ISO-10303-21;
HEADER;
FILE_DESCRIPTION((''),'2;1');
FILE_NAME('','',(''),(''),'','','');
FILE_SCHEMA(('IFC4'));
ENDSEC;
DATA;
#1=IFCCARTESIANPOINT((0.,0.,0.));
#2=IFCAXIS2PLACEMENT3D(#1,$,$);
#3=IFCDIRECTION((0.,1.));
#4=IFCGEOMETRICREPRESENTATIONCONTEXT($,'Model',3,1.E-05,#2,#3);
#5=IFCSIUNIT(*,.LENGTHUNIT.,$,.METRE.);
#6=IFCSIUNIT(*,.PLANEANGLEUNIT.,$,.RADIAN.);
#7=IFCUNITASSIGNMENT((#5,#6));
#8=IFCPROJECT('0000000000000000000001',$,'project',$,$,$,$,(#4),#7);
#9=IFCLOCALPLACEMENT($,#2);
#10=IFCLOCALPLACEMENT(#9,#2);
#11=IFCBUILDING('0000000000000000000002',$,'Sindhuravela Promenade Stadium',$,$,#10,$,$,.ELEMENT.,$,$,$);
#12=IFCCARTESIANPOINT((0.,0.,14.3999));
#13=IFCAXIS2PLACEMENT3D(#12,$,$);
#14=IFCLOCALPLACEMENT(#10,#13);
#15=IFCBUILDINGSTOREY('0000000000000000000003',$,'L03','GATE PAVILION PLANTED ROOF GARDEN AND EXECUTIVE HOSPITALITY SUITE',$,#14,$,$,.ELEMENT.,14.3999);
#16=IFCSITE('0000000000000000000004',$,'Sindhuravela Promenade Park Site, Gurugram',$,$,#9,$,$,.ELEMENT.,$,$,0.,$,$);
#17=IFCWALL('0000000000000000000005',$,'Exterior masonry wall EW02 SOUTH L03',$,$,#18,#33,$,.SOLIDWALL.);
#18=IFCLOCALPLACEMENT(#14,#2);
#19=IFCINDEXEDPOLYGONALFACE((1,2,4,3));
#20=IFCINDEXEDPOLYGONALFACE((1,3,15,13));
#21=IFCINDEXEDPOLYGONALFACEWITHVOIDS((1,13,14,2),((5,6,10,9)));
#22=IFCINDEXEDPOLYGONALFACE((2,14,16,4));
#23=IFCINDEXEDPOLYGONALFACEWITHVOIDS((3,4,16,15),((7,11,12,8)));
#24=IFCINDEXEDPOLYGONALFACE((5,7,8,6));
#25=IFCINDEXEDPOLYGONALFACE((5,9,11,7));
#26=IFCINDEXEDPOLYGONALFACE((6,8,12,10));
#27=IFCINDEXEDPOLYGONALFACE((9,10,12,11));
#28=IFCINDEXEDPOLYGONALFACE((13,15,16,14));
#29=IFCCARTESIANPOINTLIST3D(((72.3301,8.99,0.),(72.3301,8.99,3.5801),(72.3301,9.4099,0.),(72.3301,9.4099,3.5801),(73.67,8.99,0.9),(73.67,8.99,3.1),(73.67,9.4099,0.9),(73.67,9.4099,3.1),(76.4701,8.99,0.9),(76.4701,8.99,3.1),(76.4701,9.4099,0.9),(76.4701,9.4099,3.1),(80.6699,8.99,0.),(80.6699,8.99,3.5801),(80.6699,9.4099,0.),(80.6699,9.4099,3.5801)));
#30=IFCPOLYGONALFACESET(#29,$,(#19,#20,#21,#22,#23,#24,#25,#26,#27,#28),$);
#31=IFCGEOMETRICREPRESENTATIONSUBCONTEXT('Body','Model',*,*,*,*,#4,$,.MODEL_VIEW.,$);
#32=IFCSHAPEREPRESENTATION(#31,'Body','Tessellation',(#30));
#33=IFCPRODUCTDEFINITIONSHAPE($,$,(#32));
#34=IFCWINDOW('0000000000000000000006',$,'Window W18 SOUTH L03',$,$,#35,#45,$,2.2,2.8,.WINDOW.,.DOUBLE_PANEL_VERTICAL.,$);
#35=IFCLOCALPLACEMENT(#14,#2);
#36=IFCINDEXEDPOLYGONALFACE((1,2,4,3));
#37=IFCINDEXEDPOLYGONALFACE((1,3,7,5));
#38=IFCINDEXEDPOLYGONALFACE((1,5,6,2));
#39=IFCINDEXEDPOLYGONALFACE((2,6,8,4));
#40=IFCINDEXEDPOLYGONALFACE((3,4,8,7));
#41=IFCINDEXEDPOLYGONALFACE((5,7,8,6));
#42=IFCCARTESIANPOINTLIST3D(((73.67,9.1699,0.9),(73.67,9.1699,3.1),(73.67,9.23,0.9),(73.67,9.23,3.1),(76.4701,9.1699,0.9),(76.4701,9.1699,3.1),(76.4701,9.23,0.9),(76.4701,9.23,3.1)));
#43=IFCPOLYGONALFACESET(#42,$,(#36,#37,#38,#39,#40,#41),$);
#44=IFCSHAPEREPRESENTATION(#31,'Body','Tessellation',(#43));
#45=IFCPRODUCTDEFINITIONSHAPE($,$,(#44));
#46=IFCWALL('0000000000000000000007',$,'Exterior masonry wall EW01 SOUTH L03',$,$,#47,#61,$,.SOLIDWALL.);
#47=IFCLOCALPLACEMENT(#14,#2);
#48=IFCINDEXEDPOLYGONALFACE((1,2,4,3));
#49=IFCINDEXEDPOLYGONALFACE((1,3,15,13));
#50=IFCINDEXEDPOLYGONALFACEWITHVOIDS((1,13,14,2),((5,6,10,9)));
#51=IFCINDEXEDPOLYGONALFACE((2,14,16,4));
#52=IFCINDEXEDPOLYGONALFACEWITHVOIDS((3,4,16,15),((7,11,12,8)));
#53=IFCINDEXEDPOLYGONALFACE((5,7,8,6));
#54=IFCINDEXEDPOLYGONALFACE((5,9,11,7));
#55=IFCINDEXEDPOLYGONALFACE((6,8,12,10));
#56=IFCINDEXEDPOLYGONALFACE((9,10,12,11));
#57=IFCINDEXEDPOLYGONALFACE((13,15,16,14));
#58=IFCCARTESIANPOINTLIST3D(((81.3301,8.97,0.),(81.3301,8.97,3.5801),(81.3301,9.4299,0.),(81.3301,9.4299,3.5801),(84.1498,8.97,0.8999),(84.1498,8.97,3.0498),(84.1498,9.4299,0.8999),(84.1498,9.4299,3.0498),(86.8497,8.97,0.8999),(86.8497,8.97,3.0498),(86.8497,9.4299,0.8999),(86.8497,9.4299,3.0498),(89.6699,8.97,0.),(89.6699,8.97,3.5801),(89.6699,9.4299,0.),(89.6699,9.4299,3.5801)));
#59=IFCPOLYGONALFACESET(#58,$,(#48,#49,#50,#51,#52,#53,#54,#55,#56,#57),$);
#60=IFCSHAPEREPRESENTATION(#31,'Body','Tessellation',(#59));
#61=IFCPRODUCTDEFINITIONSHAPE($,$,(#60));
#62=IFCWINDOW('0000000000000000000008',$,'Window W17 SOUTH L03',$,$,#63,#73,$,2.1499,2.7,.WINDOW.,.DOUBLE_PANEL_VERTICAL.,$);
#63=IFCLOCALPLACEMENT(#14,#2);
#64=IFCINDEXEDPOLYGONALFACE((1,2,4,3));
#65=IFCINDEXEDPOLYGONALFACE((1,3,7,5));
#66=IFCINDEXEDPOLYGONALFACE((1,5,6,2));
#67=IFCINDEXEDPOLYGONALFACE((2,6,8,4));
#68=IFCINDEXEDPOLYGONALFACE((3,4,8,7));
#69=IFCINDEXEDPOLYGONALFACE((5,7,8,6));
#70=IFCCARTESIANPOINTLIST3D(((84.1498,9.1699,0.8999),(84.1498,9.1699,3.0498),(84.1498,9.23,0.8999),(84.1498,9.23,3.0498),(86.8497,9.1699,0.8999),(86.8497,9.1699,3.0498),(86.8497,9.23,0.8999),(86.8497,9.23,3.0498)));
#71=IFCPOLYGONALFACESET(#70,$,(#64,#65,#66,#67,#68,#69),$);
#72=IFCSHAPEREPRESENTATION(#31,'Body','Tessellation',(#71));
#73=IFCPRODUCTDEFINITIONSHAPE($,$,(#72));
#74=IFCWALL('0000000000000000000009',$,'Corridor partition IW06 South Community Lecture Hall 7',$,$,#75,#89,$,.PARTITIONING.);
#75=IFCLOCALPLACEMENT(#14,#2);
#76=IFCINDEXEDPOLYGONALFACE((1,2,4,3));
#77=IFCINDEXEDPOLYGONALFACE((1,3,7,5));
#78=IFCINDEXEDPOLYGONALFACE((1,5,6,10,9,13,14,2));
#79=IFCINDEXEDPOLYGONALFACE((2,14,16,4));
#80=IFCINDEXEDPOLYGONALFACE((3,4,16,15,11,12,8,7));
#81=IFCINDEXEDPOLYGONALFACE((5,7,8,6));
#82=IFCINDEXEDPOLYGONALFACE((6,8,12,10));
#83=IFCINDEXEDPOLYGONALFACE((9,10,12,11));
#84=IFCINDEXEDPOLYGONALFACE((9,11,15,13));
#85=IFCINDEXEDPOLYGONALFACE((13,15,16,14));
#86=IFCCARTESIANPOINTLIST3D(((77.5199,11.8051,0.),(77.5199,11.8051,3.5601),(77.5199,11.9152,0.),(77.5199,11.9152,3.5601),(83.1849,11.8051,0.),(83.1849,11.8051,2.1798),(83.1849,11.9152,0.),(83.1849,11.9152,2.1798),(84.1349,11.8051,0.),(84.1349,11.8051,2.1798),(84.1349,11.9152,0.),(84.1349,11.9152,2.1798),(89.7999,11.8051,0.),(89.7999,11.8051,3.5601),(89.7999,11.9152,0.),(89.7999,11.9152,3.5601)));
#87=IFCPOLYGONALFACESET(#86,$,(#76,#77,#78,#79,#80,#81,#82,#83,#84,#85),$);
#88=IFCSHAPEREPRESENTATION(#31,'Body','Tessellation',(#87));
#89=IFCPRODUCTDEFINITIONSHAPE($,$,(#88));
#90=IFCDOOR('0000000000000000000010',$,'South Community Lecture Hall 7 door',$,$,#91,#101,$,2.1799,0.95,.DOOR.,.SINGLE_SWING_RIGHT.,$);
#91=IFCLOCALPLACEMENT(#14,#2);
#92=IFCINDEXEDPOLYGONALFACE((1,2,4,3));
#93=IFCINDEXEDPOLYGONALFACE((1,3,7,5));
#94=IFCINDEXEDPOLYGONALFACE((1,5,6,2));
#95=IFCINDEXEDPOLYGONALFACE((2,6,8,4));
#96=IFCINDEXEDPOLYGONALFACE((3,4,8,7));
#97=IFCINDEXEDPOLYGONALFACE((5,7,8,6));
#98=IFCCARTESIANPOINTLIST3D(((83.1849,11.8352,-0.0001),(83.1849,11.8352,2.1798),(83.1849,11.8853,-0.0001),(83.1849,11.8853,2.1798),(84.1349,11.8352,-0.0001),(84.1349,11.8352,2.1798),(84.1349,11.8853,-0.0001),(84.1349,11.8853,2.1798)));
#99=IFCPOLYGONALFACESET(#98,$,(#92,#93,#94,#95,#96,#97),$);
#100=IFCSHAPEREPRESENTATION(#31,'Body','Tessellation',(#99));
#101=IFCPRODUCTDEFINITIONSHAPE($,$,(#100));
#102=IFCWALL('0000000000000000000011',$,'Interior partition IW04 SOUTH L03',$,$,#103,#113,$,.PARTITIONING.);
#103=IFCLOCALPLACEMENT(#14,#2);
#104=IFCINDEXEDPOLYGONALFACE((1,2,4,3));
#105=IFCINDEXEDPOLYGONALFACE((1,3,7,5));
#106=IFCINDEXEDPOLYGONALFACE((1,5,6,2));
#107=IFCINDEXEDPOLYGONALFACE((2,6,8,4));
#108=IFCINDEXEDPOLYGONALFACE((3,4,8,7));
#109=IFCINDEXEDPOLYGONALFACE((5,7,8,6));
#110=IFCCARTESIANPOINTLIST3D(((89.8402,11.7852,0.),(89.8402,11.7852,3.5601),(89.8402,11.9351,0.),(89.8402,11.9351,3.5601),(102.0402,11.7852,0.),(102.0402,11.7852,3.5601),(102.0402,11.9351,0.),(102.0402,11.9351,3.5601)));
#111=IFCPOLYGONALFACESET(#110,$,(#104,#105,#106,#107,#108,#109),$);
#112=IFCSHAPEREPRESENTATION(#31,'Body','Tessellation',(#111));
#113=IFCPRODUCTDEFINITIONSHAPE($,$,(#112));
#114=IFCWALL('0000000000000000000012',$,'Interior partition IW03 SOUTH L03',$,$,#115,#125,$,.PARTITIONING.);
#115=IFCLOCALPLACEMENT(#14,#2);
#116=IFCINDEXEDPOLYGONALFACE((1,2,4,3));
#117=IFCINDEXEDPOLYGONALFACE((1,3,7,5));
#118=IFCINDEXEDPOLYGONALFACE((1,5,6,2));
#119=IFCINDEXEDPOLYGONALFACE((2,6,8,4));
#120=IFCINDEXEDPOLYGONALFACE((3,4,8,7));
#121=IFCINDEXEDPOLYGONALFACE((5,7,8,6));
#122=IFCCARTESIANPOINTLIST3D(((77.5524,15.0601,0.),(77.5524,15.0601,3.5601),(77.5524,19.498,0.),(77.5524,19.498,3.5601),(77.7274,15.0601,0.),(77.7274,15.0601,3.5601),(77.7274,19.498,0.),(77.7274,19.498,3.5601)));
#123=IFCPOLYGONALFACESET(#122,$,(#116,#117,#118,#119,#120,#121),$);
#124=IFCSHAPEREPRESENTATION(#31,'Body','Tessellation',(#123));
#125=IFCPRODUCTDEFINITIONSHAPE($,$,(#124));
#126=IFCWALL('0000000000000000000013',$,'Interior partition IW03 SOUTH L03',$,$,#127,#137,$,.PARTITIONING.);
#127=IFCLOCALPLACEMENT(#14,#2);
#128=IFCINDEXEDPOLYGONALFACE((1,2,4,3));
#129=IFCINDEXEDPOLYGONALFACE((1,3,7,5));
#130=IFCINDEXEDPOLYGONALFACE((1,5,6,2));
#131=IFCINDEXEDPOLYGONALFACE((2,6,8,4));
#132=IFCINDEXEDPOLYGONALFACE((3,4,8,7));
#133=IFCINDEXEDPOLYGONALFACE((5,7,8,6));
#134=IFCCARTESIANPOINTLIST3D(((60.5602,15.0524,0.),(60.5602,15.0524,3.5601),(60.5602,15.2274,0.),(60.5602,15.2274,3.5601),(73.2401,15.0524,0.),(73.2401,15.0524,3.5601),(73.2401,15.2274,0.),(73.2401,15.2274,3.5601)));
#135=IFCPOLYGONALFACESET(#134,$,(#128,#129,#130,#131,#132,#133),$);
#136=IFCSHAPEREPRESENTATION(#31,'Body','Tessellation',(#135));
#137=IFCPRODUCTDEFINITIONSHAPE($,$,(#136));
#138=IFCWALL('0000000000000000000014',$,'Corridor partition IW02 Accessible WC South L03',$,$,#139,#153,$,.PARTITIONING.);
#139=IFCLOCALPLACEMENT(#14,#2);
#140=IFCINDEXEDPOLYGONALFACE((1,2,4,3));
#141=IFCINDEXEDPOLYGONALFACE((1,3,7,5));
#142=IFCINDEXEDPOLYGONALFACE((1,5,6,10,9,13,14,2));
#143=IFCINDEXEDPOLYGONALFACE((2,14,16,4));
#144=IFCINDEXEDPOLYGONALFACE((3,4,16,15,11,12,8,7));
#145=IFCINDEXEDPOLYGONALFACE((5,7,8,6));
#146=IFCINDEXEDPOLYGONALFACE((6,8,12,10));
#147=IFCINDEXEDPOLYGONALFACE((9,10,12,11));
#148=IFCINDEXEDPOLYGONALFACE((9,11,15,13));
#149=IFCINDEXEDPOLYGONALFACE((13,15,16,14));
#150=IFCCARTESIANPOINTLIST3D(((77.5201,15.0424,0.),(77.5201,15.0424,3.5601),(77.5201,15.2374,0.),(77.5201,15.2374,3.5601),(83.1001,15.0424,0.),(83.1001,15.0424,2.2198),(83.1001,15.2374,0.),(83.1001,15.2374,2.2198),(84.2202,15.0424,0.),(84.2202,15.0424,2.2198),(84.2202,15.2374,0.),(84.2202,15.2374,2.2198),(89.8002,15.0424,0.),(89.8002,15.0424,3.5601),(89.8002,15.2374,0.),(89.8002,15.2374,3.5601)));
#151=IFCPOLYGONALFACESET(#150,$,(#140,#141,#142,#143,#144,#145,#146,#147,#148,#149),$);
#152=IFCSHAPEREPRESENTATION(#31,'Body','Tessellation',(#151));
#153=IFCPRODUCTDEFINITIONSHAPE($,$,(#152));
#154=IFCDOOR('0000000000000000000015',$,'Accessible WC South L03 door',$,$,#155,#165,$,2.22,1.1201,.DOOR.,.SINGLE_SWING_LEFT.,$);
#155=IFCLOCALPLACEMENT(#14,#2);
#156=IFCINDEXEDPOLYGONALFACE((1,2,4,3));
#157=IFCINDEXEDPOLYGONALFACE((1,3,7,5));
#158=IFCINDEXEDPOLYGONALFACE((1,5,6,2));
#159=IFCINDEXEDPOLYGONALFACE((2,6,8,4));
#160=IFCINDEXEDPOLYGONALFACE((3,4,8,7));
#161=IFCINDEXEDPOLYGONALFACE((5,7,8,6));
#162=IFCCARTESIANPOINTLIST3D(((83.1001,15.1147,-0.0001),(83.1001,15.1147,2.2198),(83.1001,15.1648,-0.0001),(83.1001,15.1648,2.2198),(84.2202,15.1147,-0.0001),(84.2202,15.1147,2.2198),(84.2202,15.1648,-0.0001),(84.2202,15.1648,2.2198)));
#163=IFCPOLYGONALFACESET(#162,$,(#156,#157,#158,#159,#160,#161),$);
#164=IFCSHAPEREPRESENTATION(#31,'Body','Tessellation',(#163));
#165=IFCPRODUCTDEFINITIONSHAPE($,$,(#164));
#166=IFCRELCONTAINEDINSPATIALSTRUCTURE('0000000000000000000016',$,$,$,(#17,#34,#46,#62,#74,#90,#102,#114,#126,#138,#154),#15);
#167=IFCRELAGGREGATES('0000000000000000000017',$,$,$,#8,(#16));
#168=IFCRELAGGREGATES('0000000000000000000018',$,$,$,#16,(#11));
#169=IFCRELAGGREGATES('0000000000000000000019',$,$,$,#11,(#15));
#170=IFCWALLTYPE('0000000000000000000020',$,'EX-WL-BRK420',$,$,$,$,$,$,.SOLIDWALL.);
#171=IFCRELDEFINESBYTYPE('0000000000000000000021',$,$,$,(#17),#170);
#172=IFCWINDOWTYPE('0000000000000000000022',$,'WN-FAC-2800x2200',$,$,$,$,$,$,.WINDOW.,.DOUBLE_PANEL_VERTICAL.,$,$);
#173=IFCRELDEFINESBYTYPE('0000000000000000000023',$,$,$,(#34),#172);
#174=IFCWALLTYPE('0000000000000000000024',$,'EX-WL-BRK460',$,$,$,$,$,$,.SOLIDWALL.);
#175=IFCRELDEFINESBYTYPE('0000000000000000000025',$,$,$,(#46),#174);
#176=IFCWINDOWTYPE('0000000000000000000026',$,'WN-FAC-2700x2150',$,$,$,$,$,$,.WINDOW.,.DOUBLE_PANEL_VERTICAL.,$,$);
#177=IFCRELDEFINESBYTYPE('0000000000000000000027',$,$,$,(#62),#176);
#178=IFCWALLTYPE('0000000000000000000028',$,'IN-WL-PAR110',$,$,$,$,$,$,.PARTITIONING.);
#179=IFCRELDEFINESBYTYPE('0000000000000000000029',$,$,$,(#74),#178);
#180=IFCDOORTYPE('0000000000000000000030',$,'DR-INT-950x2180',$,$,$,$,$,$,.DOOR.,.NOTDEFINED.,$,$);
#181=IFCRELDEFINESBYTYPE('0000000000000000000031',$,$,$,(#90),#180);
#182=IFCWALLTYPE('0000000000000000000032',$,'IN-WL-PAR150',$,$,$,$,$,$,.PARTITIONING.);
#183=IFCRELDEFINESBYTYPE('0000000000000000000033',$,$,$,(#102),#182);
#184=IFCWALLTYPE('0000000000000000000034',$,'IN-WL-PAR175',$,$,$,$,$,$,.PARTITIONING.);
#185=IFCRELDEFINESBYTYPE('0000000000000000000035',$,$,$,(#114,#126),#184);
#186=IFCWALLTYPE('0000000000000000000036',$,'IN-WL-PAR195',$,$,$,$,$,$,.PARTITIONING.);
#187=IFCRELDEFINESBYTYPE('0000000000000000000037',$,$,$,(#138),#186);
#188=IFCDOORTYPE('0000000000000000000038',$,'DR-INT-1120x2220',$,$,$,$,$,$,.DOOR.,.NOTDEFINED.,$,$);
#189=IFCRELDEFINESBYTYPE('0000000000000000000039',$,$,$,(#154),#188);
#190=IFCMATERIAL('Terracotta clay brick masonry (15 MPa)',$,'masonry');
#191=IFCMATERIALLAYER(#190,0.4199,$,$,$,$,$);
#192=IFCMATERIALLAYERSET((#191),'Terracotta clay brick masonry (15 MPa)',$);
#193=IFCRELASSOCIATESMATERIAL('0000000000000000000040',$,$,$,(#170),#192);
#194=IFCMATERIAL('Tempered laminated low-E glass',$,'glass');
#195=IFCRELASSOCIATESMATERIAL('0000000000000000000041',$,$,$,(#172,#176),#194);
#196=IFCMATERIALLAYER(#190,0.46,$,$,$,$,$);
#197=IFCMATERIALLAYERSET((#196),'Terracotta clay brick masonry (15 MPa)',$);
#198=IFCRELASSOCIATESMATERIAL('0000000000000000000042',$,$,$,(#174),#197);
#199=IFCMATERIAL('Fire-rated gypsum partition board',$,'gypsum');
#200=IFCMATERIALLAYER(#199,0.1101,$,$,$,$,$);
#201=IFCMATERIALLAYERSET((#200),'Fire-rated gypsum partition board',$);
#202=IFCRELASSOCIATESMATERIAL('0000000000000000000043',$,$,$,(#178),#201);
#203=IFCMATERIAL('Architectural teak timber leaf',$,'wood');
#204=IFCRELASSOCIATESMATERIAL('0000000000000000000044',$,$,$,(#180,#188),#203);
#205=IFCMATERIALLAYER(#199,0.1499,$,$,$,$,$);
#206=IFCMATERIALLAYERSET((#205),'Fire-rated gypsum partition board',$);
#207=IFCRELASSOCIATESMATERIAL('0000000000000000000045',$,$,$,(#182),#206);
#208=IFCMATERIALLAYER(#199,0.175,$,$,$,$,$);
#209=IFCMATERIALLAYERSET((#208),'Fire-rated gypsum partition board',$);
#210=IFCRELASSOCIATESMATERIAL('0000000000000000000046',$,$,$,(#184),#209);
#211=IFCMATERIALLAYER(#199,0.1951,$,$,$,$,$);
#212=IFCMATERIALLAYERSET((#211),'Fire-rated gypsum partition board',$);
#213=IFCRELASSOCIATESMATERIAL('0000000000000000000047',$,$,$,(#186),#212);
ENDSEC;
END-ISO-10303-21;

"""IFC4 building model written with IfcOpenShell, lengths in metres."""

from ifc_helpers import new_model, si_unit, direction, frame, frame_2d, origin, place, context, subcontext, project, spatial, rectangle, extrude, material, layer, layer_set, type_object, element, fill, save


model = new_model("IFC4")

# Units and contexts
model_context = context("Model", 3, precision=1e-05, world=origin(), true_north=direction((0.0, 1.0)))
body_context = subcontext(model_context, "Body", "Model", "MODEL_VIEW")
ifc_project = project(units=[si_unit("LENGTHUNIT", "METRE"), si_unit("PLANEANGLEUNIT", "RADIAN")], contexts=[model_context])

# Site, building, storey
site_placement = place(None, origin())
site = spatial("IfcSite", under=ifc_project, at=site_placement, Name="Sindhuravela Promenade Park Site, Gurugram", CompositionType="ELEMENT", RefElevation=0.0)
building_placement = place(site_placement, origin())
building = spatial("IfcBuilding", under=site, at=building_placement, Name="Sindhuravela Promenade Stadium", CompositionType="ELEMENT")
storey_placement = place(building_placement, frame((0.0, 0.0, 14.3999)))
storey = spatial("IfcBuildingStorey", under=building, at=storey_placement, Name="L03", Description="GATE PAVILION PLANTED ROOF GARDEN AND EXECUTIVE HOSPITALITY SUITE", CompositionType="ELEMENT", Elevation=14.3999)

# Walls, openings, windows
ifc_material_1 = material(Name="Terracotta clay brick masonry (15 MPa)", Category="masonry")
ifc_material_2 = material(Name="Tempered laminated low-E glass", Category="glass")
ifc_layer_1 = layer(ifc_material_1, 0.4199)
ifc_layer_set_1 = layer_set([ifc_layer_1], Name="Terracotta clay brick masonry (15 MPa)")
wall_type_1 = type_object("IfcWallType", Name="EX-WL-BRK420", PredefinedType="SOLIDWALL", material=ifc_layer_set_1)
wall_1_placement = place(storey_placement, frame((80.6699, 9.2, 0.0), z_axis=(0.0, 0.0, 1.0), x_axis=(-1.0, 0.0, 0.0)))
wall_1 = element("IfcWall", 1, at=wall_1_placement, inside=storey, type_object=wall_type_1, Name="Exterior masonry wall EW02 SOUTH L03", PredefinedType="SOLIDWALL", context=body_context, shape_type="SweptSolid", body=[
    extrude(rectangle(XDim=8.3398, YDim=0.4199, at=frame_2d((4.1699, 0.0))), origin(), (0.0, 0.0, 1.0), 3.5801),
])
opening_1_placement = place(wall_1_placement, frame((4.2, 0.0, 0.8999)))
opening_1 = element("IfcOpeningElement", 2, at=opening_1_placement, cuts=wall_1, PredefinedType="OPENING", context=body_context, shape_type="SweptSolid", body=[
    extrude(rectangle(XDim=2.8, YDim=2.2, at=frame_2d((1.3999, 1.1001))), frame((0.0, 0.22, 0.0), z_axis=(0.0, -1.0, 0.0), x_axis=(1.0, 0.0, 0.0)), (0.0, 0.0, 1.0), 0.4399),
])
window_type_1 = type_object("IfcWindowType", Name="WN-FAC-2800x2200", PartitioningType="DOUBLE_PANEL_VERTICAL", PredefinedType="WINDOW", material=ifc_material_2)
window_1_placement = place(opening_1_placement, origin())
window_1 = element("IfcWindow", 3, at=window_1_placement, inside=storey, type_object=window_type_1, Name="Window W18 SOUTH L03", OverallHeight=2.2, OverallWidth=2.8, PartitioningType="DOUBLE_PANEL_VERTICAL", PredefinedType="WINDOW", context=body_context, shape_type="SweptSolid", body=[
    extrude(rectangle(XDim=2.8, YDim=2.2, at=frame_2d((1.3999, 1.1001))), frame((0.0, 0.03, 0.0), z_axis=(0.0, -1.0, 0.0), x_axis=(1.0, 0.0, 0.0)), (0.0, 0.0, 1.0), 0.0601),
])
fill(opening_1, window_1)
ifc_layer_2 = layer(ifc_material_1, 0.46)
ifc_layer_set_2 = layer_set([ifc_layer_2], Name="Terracotta clay brick masonry (15 MPa)")
wall_type_2 = type_object("IfcWallType", Name="EX-WL-BRK460", PredefinedType="SOLIDWALL", material=ifc_layer_set_2)
wall_2_placement = place(storey_placement, frame((89.6699, 9.2, 0.0), z_axis=(0.0, 0.0, 1.0), x_axis=(-1.0, 0.0, 0.0)))
wall_2 = element("IfcWall", 4, at=wall_2_placement, inside=storey, type_object=wall_type_2, Name="Exterior masonry wall EW01 SOUTH L03", PredefinedType="SOLIDWALL", context=body_context, shape_type="SweptSolid", body=[
    extrude(rectangle(XDim=8.3398, YDim=0.46, at=frame_2d((4.1699, 0.0))), origin(), (0.0, 0.0, 1.0), 3.5801),
])
opening_2_placement = place(wall_2_placement, frame((2.8201, 0.0, 0.8999)))
opening_2 = element("IfcOpeningElement", 5, at=opening_2_placement, cuts=wall_2, PredefinedType="OPENING", context=body_context, shape_type="SweptSolid", body=[
    extrude(rectangle(XDim=2.7, YDim=2.1499, at=frame_2d((1.3501, 1.075))), frame((0.0, 0.24, 0.0), z_axis=(0.0, -1.0, 0.0), x_axis=(1.0, 0.0, 0.0)), (0.0, 0.0, 1.0), 0.48),
])
window_type_2 = type_object("IfcWindowType", Name="WN-FAC-2700x2150", PartitioningType="DOUBLE_PANEL_VERTICAL", PredefinedType="WINDOW", material=ifc_material_2)
window_2_placement = place(opening_2_placement, origin())
window_2 = element("IfcWindow", 6, at=window_2_placement, inside=storey, type_object=window_type_2, Name="Window W17 SOUTH L03", OverallHeight=2.1499, OverallWidth=2.7, PartitioningType="DOUBLE_PANEL_VERTICAL", PredefinedType="WINDOW", context=body_context, shape_type="SweptSolid", body=[
    extrude(rectangle(XDim=2.7, YDim=2.1499, at=frame_2d((1.3501, 1.075))), frame((0.0, 0.03, 0.0), z_axis=(0.0, -1.0, 0.0), x_axis=(1.0, 0.0, 0.0)), (0.0, 0.0, 1.0), 0.0601),
])
fill(opening_2, window_2)

# Wall, opening, door
ifc_material_3 = material(Name="Fire-rated gypsum partition board", Category="gypsum")
ifc_layer_3 = layer(ifc_material_3, 0.1101)
ifc_layer_set_3 = layer_set([ifc_layer_3], Name="Fire-rated gypsum partition board")
wall_type_3 = type_object("IfcWallType", Name="IN-WL-PAR110", PredefinedType="PARTITIONING", material=ifc_layer_set_3)
wall_3_placement = place(storey_placement, frame((89.8, 11.8601, 0.0), z_axis=(0.0, 0.0, 1.0), x_axis=(-1.0, 0.0, 0.0)))
wall_3 = element("IfcWall", 7, at=wall_3_placement, inside=storey, type_object=wall_type_3, Name="Corridor partition IW06 South Community Lecture Hall 7", PredefinedType="PARTITIONING", context=body_context, shape_type="SweptSolid", body=[
    extrude(rectangle(XDim=12.28, YDim=0.1101, at=frame_2d((6.1401, 0.0))), origin(), (0.0, 0.0, 1.0), 3.5601),
])
opening_3_placement = place(wall_3_placement, frame((5.665, 0.0, 0.0)))
opening_3 = element("IfcOpeningElement", 8, at=opening_3_placement, cuts=wall_3, PredefinedType="OPENING", context=body_context, shape_type="SweptSolid", body=[
    extrude(rectangle(XDim=0.95, YDim=2.1799, at=frame_2d((0.4751, 1.0898))), frame((0.0, 0.0649, 0.0), z_axis=(0.0, -1.0, 0.0), x_axis=(1.0, 0.0, 0.0)), (0.0, 0.0, 1.0), 0.1301),
])
ifc_material_4 = material(Name="Architectural teak timber leaf", Category="wood")
door_type_1 = type_object("IfcDoorType", Name="DR-INT-950x2180", OperationType="NOTDEFINED", PredefinedType="DOOR", material=ifc_material_4)
door_1_placement = place(opening_3_placement, origin())
door_1 = element("IfcDoor", 9, at=door_1_placement, inside=storey, type_object=door_type_1, Name="South Community Lecture Hall 7 door", OperationType="SINGLE_SWING_RIGHT", OverallHeight=2.1799, OverallWidth=0.95, PredefinedType="DOOR", context=body_context, shape_type="SweptSolid", body=[
    extrude(rectangle(XDim=0.95, YDim=2.1799, at=frame_2d((0.4751, 1.0898))), frame((0.0, 0.0249, 0.0), z_axis=(0.0, -1.0, 0.0), x_axis=(1.0, 0.0, 0.0)), (0.0, 0.0, 1.0), 0.05),
])
fill(opening_3, door_1)

# Walls
ifc_layer_4 = layer(ifc_material_3, 0.1499)
ifc_layer_set_4 = layer_set([ifc_layer_4], Name="Fire-rated gypsum partition board")
wall_type_4 = type_object("IfcWallType", Name="IN-WL-PAR150", PredefinedType="PARTITIONING", material=ifc_layer_set_4)
wall_4_placement = place(storey_placement, frame((89.8401, 11.8601, 0.0), z_axis=(0.0, 0.0, 1.0), x_axis=(1.0, 0.0, 0.0)))
element("IfcWall", 10, at=wall_4_placement, inside=storey, type_object=wall_type_4, Name="Interior partition IW04 SOUTH L03", PredefinedType="PARTITIONING", context=body_context, shape_type="SweptSolid", body=[
    extrude(rectangle(XDim=12.2, YDim=0.1499, at=frame_2d((6.1001, 0.0))), origin(), (0.0, 0.0, 1.0), 3.5601),
])
ifc_layer_5 = layer(ifc_material_3, 0.175)
ifc_layer_set_5 = layer_set([ifc_layer_5], Name="Fire-rated gypsum partition board")
wall_type_5 = type_object("IfcWallType", Name="IN-WL-PAR175", PredefinedType="PARTITIONING", material=ifc_layer_set_5)
wall_5_placement = place(storey_placement, frame((77.6399, 15.0601, 0.0), z_axis=(0.0, 0.0, 1.0), x_axis=(0.0, 1.0, 0.0)))
element("IfcWall", 11, at=wall_5_placement, inside=storey, type_object=wall_type_5, Name="Interior partition IW03 SOUTH L03", PredefinedType="PARTITIONING", context=body_context, shape_type="SweptSolid", body=[
    extrude(rectangle(XDim=4.438, YDim=0.175, at=frame_2d((2.219, 0.0))), origin(), (0.0, 0.0, 1.0), 3.5601),
])
wall_6_placement = place(storey_placement, frame((73.24, 15.1399, 0.0), z_axis=(0.0, 0.0, 1.0), x_axis=(-1.0, 0.0, 0.0)))
element("IfcWall", 12, at=wall_6_placement, inside=storey, type_object=wall_type_5, Name="Interior partition IW03 SOUTH L03", PredefinedType="PARTITIONING", context=body_context, shape_type="SweptSolid", body=[
    extrude(rectangle(XDim=12.6799, YDim=0.175, at=frame_2d((6.3398, 0.0))), origin(), (0.0, 0.0, 1.0), 3.5601),
])

# Wall, opening, door
ifc_layer_6 = layer(ifc_material_3, 0.1951)
ifc_layer_set_6 = layer_set([ifc_layer_6], Name="Fire-rated gypsum partition board")
wall_type_6 = type_object("IfcWallType", Name="IN-WL-PAR195", PredefinedType="PARTITIONING", material=ifc_layer_set_6)
wall_7_placement = place(storey_placement, frame((77.52, 15.1399, 0.0), z_axis=(0.0, 0.0, 1.0), x_axis=(1.0, 0.0, 0.0)))
wall_7 = element("IfcWall", 13, at=wall_7_placement, inside=storey, type_object=wall_type_6, Name="Corridor partition IW02 Accessible WC South L03", PredefinedType="PARTITIONING", context=body_context, shape_type="SweptSolid", body=[
    extrude(rectangle(XDim=12.28, YDim=0.1951, at=frame_2d((6.1401, 0.0))), origin(), (0.0, 0.0, 1.0), 3.5601),
])
opening_4_placement = place(wall_7_placement, frame((5.5801, 0.0, 0.0)))
opening_4 = element("IfcOpeningElement", 14, at=opening_4_placement, cuts=wall_7, PredefinedType="OPENING", context=body_context, shape_type="SweptSolid", body=[
    extrude(rectangle(XDim=1.1201, YDim=2.22, at=frame_2d((0.5601, 1.1099))), frame((0.0, 0.1074, 0.0), z_axis=(0.0, -1.0, 0.0), x_axis=(1.0, 0.0, 0.0)), (0.0, 0.0, 1.0), 0.2151),
])
door_type_2 = type_object("IfcDoorType", Name="DR-INT-1120x2220", OperationType="NOTDEFINED", PredefinedType="DOOR", material=ifc_material_4)
door_2_placement = place(opening_4_placement, origin())
door_2 = element("IfcDoor", 15, at=door_2_placement, inside=storey, type_object=door_type_2, Name="Accessible WC South L03 door", OperationType="SINGLE_SWING_LEFT", OverallHeight=2.22, OverallWidth=1.1201, PredefinedType="DOOR", context=body_context, shape_type="SweptSolid", body=[
    extrude(rectangle(XDim=1.1201, YDim=2.22, at=frame_2d((0.5601, 1.1099))), frame((0.0, 0.0249, 0.0), z_axis=(0.0, -1.0, 0.0), x_axis=(1.0, 0.0, 0.0)), (0.0, 0.0, 1.0), 0.05),
])
fill(opening_4, door_2)

save(model, "model.ifc")
